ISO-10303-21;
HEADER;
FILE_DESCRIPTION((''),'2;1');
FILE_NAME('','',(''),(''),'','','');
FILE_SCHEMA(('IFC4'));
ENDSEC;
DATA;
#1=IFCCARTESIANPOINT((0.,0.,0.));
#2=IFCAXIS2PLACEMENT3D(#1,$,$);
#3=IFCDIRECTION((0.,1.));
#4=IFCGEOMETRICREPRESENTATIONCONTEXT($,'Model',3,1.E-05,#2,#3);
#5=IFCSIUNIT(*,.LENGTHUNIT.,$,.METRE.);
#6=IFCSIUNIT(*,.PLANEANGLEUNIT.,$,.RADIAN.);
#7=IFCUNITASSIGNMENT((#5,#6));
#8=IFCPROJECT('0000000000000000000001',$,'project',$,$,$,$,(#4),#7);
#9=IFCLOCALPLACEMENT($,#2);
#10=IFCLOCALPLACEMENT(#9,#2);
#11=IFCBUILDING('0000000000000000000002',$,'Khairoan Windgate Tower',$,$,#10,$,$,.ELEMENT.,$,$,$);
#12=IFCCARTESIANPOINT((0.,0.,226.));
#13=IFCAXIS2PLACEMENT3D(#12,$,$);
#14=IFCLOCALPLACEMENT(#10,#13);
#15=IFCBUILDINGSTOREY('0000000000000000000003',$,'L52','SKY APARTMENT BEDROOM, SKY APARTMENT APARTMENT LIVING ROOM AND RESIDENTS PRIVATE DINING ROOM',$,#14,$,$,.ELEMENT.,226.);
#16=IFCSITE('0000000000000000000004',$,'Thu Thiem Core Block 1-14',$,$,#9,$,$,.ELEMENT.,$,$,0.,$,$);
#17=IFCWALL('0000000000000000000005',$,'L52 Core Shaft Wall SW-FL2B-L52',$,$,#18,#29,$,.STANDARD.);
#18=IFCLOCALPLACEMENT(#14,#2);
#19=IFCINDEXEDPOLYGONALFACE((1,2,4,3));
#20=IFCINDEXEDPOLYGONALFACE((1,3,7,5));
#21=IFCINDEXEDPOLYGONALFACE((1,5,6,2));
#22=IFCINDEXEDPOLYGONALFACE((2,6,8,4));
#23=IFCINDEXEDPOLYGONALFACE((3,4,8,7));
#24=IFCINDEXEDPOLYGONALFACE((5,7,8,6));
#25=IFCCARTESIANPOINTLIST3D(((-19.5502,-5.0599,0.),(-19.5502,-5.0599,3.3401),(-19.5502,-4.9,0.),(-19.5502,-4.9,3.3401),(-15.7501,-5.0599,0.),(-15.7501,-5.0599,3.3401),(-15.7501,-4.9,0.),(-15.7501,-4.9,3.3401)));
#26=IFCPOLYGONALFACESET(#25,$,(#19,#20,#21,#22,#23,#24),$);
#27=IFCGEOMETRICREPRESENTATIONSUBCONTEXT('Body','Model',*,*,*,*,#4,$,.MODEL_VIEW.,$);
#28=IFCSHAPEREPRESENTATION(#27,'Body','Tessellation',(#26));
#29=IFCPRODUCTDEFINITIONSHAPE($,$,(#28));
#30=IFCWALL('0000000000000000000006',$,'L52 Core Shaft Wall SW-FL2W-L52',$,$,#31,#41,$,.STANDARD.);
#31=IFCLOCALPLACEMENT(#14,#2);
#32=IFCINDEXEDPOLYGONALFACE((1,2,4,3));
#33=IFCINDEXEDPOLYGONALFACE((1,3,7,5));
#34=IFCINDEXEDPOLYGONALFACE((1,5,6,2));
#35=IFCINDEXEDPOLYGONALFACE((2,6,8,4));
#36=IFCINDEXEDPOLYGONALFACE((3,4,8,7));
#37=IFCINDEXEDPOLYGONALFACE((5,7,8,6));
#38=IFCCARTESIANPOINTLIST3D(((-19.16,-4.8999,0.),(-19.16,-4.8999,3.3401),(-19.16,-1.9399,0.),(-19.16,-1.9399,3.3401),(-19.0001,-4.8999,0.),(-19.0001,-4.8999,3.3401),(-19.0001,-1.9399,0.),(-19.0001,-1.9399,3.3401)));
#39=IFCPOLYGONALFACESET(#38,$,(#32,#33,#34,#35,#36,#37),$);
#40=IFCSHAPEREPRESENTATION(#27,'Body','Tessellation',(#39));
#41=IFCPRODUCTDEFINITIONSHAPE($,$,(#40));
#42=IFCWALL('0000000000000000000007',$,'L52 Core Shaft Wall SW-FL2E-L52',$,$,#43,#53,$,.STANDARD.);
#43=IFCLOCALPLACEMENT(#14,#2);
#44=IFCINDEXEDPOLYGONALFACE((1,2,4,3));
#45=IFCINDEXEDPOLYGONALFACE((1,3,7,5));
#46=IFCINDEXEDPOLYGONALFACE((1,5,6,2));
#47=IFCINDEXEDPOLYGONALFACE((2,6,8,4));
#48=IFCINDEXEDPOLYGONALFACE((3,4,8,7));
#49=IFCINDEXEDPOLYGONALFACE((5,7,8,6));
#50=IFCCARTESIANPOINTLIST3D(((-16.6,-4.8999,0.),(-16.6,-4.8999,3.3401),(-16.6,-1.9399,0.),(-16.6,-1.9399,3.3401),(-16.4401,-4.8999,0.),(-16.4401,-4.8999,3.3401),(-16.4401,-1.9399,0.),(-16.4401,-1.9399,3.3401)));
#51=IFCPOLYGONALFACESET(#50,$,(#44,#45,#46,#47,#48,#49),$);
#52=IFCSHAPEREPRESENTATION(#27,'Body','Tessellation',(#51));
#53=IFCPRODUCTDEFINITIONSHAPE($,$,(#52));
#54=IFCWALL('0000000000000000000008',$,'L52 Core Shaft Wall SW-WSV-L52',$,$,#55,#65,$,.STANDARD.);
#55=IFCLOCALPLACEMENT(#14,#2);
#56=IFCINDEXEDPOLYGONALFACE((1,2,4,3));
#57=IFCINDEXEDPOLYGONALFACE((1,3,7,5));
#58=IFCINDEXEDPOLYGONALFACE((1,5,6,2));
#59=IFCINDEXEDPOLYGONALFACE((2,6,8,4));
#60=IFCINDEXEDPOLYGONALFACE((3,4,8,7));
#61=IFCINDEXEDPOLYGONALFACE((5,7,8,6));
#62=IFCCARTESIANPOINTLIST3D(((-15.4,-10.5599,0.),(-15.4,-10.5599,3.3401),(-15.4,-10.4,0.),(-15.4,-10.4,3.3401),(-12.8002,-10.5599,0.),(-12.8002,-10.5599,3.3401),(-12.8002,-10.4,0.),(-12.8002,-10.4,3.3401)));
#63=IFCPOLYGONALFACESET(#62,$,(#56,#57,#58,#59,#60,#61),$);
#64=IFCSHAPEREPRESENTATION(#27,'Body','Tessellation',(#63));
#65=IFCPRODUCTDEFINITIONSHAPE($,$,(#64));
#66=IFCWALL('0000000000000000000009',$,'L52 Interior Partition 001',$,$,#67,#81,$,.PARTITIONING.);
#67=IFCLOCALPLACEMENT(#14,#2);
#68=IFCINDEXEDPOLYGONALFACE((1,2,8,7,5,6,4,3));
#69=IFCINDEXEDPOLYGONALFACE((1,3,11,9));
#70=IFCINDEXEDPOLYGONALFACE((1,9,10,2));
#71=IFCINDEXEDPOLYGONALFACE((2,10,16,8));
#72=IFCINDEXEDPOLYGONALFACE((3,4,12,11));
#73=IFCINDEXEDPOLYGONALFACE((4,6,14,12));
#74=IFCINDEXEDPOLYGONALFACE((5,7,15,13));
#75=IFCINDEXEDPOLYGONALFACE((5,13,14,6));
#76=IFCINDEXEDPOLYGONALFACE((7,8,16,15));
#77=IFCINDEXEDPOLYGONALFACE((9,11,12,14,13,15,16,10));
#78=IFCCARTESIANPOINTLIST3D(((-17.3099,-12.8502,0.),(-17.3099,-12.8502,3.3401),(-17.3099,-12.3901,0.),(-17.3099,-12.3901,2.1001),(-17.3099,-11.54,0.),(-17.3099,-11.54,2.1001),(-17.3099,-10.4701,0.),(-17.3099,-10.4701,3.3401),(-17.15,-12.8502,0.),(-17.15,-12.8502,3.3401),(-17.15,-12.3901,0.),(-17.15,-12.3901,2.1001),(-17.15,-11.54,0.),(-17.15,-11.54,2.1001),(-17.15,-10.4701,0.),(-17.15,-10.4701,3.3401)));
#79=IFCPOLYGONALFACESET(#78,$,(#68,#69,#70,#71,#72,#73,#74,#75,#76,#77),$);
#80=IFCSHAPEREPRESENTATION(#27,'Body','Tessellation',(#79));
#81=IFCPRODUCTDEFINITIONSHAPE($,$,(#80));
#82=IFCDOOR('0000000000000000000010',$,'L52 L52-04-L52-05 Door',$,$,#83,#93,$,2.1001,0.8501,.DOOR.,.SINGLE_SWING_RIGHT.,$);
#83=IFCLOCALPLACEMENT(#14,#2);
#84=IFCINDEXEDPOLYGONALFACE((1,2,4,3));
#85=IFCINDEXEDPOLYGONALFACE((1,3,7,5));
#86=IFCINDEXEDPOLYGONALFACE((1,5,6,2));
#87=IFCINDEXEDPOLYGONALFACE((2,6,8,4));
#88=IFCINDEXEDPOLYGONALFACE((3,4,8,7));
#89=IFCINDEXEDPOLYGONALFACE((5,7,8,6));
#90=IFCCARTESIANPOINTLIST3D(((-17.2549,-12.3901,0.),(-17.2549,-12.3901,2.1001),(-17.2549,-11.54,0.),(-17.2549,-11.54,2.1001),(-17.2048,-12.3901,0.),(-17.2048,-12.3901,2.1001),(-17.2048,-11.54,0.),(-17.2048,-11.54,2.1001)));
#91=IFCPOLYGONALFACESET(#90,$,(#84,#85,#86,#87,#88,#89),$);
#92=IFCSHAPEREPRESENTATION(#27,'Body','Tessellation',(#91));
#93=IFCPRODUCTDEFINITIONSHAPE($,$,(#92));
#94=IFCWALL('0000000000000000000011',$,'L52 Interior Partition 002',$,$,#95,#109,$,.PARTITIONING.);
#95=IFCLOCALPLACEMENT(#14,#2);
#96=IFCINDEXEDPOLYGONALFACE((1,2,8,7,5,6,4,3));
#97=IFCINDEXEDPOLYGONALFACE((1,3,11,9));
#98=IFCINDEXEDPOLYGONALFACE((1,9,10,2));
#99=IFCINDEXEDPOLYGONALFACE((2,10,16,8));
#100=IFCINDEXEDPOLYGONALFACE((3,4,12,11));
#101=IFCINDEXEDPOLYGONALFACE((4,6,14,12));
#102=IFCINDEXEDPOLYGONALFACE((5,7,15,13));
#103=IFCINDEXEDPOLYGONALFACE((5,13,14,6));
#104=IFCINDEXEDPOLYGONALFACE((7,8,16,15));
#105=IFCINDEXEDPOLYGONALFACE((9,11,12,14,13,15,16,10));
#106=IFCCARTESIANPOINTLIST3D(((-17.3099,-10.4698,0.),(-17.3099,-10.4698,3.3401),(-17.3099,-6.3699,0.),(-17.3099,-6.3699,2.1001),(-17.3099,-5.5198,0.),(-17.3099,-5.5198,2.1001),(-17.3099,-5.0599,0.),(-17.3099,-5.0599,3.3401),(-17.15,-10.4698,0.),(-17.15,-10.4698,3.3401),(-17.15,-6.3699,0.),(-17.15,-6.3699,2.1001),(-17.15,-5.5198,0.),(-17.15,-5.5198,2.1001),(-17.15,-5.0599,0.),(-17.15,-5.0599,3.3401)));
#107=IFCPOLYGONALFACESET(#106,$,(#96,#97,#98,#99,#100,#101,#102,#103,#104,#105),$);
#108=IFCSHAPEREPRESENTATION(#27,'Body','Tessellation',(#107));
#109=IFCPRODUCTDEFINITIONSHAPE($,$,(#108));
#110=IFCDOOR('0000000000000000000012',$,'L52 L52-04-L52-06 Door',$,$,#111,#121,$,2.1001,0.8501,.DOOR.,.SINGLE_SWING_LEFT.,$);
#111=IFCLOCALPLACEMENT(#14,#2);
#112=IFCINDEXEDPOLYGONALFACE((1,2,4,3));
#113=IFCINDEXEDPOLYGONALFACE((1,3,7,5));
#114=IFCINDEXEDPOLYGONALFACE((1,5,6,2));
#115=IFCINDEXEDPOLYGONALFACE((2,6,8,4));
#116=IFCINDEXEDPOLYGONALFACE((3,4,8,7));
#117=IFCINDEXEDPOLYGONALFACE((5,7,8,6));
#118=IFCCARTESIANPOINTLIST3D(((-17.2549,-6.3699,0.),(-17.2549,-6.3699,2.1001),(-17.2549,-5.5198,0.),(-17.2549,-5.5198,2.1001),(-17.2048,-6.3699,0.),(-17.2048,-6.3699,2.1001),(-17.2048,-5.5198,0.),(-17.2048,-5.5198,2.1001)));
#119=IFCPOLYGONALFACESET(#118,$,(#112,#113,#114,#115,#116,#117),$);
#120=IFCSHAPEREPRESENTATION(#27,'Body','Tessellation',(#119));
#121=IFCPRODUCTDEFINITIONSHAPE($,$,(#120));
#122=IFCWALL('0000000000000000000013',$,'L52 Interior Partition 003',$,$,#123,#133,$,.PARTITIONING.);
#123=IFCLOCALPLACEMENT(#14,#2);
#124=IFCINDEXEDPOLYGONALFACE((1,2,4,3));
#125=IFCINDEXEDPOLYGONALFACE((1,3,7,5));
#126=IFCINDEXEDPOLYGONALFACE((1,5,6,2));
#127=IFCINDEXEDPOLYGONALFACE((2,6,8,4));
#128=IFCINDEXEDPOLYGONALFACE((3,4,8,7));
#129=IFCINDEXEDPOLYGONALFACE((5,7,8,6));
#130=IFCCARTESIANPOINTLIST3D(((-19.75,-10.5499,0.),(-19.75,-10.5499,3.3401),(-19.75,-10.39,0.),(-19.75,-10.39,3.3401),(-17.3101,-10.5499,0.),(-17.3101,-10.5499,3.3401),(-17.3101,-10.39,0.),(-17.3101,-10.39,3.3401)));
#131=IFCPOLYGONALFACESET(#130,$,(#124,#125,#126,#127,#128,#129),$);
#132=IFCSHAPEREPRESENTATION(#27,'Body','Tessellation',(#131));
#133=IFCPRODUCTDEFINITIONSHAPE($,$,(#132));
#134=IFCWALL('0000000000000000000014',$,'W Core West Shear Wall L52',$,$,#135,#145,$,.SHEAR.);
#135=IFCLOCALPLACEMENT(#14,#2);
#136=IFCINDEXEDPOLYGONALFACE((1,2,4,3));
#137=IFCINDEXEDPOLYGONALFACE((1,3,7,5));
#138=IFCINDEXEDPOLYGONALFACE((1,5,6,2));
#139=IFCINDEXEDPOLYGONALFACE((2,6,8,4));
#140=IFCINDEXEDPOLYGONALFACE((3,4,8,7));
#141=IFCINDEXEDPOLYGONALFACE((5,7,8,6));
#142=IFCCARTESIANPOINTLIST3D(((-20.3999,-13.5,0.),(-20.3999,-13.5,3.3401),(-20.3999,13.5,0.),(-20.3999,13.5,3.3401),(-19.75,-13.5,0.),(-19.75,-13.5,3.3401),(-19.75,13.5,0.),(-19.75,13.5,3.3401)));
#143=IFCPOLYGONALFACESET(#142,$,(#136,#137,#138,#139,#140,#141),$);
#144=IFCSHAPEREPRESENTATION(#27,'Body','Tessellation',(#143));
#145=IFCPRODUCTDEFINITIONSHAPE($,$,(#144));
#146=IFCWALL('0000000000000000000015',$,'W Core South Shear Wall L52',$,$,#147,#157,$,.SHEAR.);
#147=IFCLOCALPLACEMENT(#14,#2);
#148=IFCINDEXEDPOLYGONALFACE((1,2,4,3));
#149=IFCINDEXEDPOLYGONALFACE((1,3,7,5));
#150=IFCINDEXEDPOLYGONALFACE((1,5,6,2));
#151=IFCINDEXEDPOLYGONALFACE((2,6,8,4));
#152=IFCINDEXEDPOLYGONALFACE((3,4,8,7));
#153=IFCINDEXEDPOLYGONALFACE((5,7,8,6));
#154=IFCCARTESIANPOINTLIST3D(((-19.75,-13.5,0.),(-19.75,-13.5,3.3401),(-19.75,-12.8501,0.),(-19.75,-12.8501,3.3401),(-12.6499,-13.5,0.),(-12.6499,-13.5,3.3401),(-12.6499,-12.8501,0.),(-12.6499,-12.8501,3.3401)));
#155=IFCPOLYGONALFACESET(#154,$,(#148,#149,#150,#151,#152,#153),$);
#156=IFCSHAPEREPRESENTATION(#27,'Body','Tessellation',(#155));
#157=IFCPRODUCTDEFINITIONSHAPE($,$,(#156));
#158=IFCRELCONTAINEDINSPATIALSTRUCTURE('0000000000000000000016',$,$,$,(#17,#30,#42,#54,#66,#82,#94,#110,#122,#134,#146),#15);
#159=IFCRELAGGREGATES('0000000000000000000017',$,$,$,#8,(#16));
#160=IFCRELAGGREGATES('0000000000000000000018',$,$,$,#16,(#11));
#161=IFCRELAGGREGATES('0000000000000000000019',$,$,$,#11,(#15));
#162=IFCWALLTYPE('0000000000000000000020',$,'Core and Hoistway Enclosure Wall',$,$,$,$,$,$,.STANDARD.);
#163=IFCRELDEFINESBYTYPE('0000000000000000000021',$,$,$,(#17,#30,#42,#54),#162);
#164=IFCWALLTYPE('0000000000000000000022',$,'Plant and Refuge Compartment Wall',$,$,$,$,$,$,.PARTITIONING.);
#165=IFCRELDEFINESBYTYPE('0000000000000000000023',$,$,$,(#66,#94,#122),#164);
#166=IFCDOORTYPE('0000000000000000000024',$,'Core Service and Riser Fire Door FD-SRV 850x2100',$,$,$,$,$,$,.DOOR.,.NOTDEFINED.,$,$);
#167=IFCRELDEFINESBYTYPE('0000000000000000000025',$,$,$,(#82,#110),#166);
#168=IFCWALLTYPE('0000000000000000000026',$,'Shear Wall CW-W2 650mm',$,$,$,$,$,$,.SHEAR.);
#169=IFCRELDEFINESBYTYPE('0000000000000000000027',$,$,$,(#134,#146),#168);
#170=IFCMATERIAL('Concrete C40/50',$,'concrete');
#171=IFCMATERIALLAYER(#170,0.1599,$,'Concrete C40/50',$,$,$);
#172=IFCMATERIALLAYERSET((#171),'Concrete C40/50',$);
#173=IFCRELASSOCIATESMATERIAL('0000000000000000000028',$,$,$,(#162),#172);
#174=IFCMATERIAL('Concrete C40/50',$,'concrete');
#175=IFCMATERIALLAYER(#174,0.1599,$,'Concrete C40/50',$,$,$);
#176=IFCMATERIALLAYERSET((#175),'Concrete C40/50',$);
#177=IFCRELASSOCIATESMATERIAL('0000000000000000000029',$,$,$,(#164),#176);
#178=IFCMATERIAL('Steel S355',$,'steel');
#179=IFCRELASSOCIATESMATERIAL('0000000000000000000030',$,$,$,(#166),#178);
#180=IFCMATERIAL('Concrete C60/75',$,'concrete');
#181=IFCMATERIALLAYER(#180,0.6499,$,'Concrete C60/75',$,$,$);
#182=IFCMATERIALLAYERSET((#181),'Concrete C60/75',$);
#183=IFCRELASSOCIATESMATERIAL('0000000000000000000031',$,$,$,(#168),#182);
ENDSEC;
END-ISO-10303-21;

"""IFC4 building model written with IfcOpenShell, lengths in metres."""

from ifc_helpers import new_model, si_unit, direction, frame, frame_2d, origin, place, context, subcontext, project, spatial, rectangle, extrude, material, layer, layer_set, type_object, element, fill, save


model = new_model("IFC4")

# Units and contexts
model_context = context("Model", 3, precision=1e-05, world=origin(), true_north=direction((0.0, 1.0)))
body_context = subcontext(model_context, "Body", "Model", "MODEL_VIEW")
ifc_project = project(units=[si_unit("LENGTHUNIT", "METRE"), si_unit("PLANEANGLEUNIT", "RADIAN")], contexts=[model_context])

# Site, building, storey
site_placement = place(None, origin())
site = spatial("IfcSite", under=ifc_project, at=site_placement, Name="Thu Thiem Core Block 1-14", CompositionType="ELEMENT", RefElevation=0.0)
building_placement = place(site_placement, origin())
building = spatial("IfcBuilding", under=site, at=building_placement, Name="Khairoan Windgate Tower", CompositionType="ELEMENT")
storey_placement = place(building_placement, frame((0.0, 0.0, 226.0)))
storey = spatial("IfcBuildingStorey", under=building, at=storey_placement, Name="L52", Description="SKY APARTMENT BEDROOM, SKY APARTMENT APARTMENT LIVING ROOM AND RESIDENTS PRIVATE DINING ROOM", CompositionType="ELEMENT", Elevation=226.0)

# Shared definitions
ifc_material_1 = material(Name="Concrete C40/50", Category="concrete")
ifc_layer_1 = layer(ifc_material_1, 0.1599, Name="Concrete C40/50")
ifc_layer_set_1 = layer_set([ifc_layer_1], Name="Concrete C40/50")
wall_type_1 = type_object("IfcWallType", Name="Core and Hoistway Enclosure Wall", PredefinedType="STANDARD", material=ifc_layer_set_1)

# Walls
wall_1_placement = place(storey_placement, frame((-19.55, -4.98, 0.0), z_axis=(0.0, 0.0, 1.0), x_axis=(1.0, 0.0, 0.0)))
element("IfcWall", 1, at=wall_1_placement, inside=storey, type_object=wall_type_1, Name="L52 Core Shaft Wall SW-FL2B-L52", PredefinedType="STANDARD", context=body_context, shape_type="SweptSolid", body=[
    extrude(rectangle(XDim=3.8, YDim=0.1599, at=frame_2d((1.8999, 0.0))), origin(), (0.0, 0.0, 1.0), 3.3401),
])
for number, where, z_axis, x_axis, name in (
    (2, (-19.0801, -4.8999, 0.0), (0.0, 0.0, 1.0), (0.0, 1.0, 0.0), "L52 Core Shaft Wall SW-FL2W-L52"),
    (3, (-16.52, -4.8999, 0.0), (0.0, 0.0, 1.0), (0.0, 1.0, 0.0), "L52 Core Shaft Wall SW-FL2E-L52"),
):
    element("IfcWall", number, at=place(storey_placement, frame(where, z_axis=z_axis, x_axis=x_axis)), inside=storey, type_object=wall_type_1, Name=name, PredefinedType="STANDARD", context=body_context, shape_type="SweptSolid", body=[
        extrude(rectangle(XDim=2.96, YDim=0.1599, at=frame_2d((1.48, 0.0))), origin(), (0.0, 0.0, 1.0), 3.3401),
    ])
wall_2_placement = place(storey_placement, frame((-15.3999, -10.48, 0.0), z_axis=(0.0, 0.0, 1.0), x_axis=(1.0, 0.0, 0.0)))
element("IfcWall", 4, at=wall_2_placement, inside=storey, type_object=wall_type_1, Name="L52 Core Shaft Wall SW-WSV-L52", PredefinedType="STANDARD", context=body_context, shape_type="SweptSolid", body=[
    extrude(rectangle(XDim=2.5999, YDim=0.1599, at=frame_2d((1.2998, 0.0))), origin(), (0.0, 0.0, 1.0), 3.3401),
])

# Walls, openings, doors
ifc_material_2 = material(Name="Concrete C40/50", Category="concrete")
ifc_layer_2 = layer(ifc_material_2, 0.1599, Name="Concrete C40/50")
ifc_layer_set_2 = layer_set([ifc_layer_2], Name="Concrete C40/50")
wall_type_2 = type_object("IfcWallType", Name="Plant and Refuge Compartment Wall", PredefinedType="PARTITIONING", material=ifc_layer_set_2)
wall_3_placement = place(storey_placement, frame((-17.23, -12.8501, 0.0), z_axis=(0.0, 0.0, 1.0), x_axis=(0.0, 1.0, 0.0)))
wall_3 = element("IfcWall", 5, at=wall_3_placement, inside=storey, type_object=wall_type_2, Name="L52 Interior Partition 001", PredefinedType="PARTITIONING", context=body_context, shape_type="SweptSolid", body=[
    extrude(rectangle(XDim=2.3801, YDim=0.1599, at=frame_2d((1.1899, 0.0))), origin(), (0.0, 0.0, 1.0), 3.3401),
])
opening_1_placement = place(wall_3_placement, frame((0.46, 0.0, 0.0)))
opening_1 = element("IfcOpeningElement", 6, at=opening_1_placement, cuts=wall_3, PredefinedType="OPENING", context=body_context, shape_type="SweptSolid", body=[
    extrude(rectangle(XDim=0.8501, YDim=2.1001, at=frame_2d((0.425, 1.05))), frame((0.0, 0.0898, 0.0), z_axis=(0.0, -1.0, 0.0), x_axis=(1.0, 0.0, 0.0)), (0.0, 0.0, 1.0), 0.1799),
])
ifc_material_3 = material(Name="Steel S355", Category="steel")
door_type_1 = type_object("IfcDoorType", Name="Core Service and Riser Fire Door FD-SRV 850x2100", OperationType="NOTDEFINED", PredefinedType="DOOR", material=ifc_material_3)
door_1_placement = place(opening_1_placement, origin())
door_1 = element("IfcDoor", 7, at=door_1_placement, inside=storey, type_object=door_type_1, Name="L52 L52-04-L52-05 Door", OperationType="SINGLE_SWING_RIGHT", OverallHeight=2.1001, OverallWidth=0.8501, PredefinedType="DOOR", context=body_context, shape_type="SweptSolid", body=[
    extrude(rectangle(XDim=0.8501, YDim=2.1001, at=frame_2d((0.425, 1.05))), frame((0.0, 0.0249, 0.0), z_axis=(0.0, -1.0, 0.0), x_axis=(1.0, 0.0, 0.0)), (0.0, 0.0, 1.0), 0.05),
])
fill(opening_1, door_1)
wall_4_placement = place(storey_placement, frame((-17.23, -10.47, 0.0), z_axis=(0.0, 0.0, 1.0), x_axis=(0.0, 1.0, 0.0)))
wall_4 = element("IfcWall", 8, at=wall_4_placement, inside=storey, type_object=wall_type_2, Name="L52 Interior Partition 002", PredefinedType="PARTITIONING", context=body_context, shape_type="SweptSolid", body=[
    extrude(rectangle(XDim=5.4099, YDim=0.1599, at=frame_2d((2.7051, 0.0))), origin(), (0.0, 0.0, 1.0), 3.3401),
])
opening_2_placement = place(wall_4_placement, frame((4.1001, 0.0, 0.0)))
opening_2 = element("IfcOpeningElement", 9, at=opening_2_placement, cuts=wall_4, PredefinedType="OPENING", context=body_context, shape_type="SweptSolid", body=[
    extrude(rectangle(XDim=0.8501, YDim=2.1001, at=frame_2d((0.425, 1.05))), frame((0.0, 0.0898, 0.0), z_axis=(0.0, -1.0, 0.0), x_axis=(1.0, 0.0, 0.0)), (0.0, 0.0, 1.0), 0.1799),
])
door_2_placement = place(opening_2_placement, origin())
door_2 = element("IfcDoor", 10, at=door_2_placement, inside=storey, type_object=door_type_1, Name="L52 L52-04-L52-06 Door", OperationType="SINGLE_SWING_LEFT", OverallHeight=2.1001, OverallWidth=0.8501, PredefinedType="DOOR", context=body_context, shape_type="SweptSolid", body=[
    extrude(rectangle(XDim=0.8501, YDim=2.1001, at=frame_2d((0.425, 1.05))), frame((0.0, 0.0249, 0.0), z_axis=(0.0, -1.0, 0.0), x_axis=(1.0, 0.0, 0.0)), (0.0, 0.0, 1.0), 0.05),
])
fill(opening_2, door_2)

# Walls
wall_5_placement = place(storey_placement, frame((-19.75, -10.47, 0.0), z_axis=(0.0, 0.0, 1.0), x_axis=(1.0, 0.0, 0.0)))
element("IfcWall", 11, at=wall_5_placement, inside=storey, type_object=wall_type_2, Name="L52 Interior Partition 003", PredefinedType="PARTITIONING", context=body_context, shape_type="SweptSolid", body=[
    extrude(rectangle(XDim=2.4399, YDim=0.1599, at=frame_2d((1.22, 0.0))), origin(), (0.0, 0.0, 1.0), 3.3401),
])
ifc_material_4 = material(Name="Concrete C60/75", Category="concrete")
ifc_layer_3 = layer(ifc_material_4, 0.6499, Name="Concrete C60/75")
ifc_layer_set_3 = layer_set([ifc_layer_3], Name="Concrete C60/75")
wall_type_3 = type_object("IfcWallType", Name="Shear Wall CW-W2 650mm", PredefinedType="SHEAR", material=ifc_layer_set_3)
wall_6_placement = place(storey_placement, frame((-20.075, -13.5, 0.0), z_axis=(0.0, 0.0, 1.0), x_axis=(0.0, 1.0, 0.0)))
element("IfcWall", 12, at=wall_6_placement, inside=storey, type_object=wall_type_3, Name="W Core West Shear Wall L52", PredefinedType="SHEAR", context=body_context, shape_type="SweptSolid", body=[
    extrude(rectangle(XDim=27.0, YDim=0.6499, at=frame_2d((13.5, 0.0))), origin(), (0.0, 0.0, 1.0), 3.3401),
])
wall_7_placement = place(storey_placement, frame((-19.75, -13.175, 0.0), z_axis=(0.0, 0.0, 1.0), x_axis=(1.0, 0.0, 0.0)))
element("IfcWall", 13, at=wall_7_placement, inside=storey, type_object=wall_type_3, Name="W Core South Shear Wall L52", PredefinedType="SHEAR", context=body_context, shape_type="SweptSolid", body=[
    extrude(rectangle(XDim=7.1001, YDim=0.6499, at=frame_2d((3.55, 0.0))), origin(), (0.0, 0.0, 1.0), 3.3401),
])

save(model, "model.ifc")
